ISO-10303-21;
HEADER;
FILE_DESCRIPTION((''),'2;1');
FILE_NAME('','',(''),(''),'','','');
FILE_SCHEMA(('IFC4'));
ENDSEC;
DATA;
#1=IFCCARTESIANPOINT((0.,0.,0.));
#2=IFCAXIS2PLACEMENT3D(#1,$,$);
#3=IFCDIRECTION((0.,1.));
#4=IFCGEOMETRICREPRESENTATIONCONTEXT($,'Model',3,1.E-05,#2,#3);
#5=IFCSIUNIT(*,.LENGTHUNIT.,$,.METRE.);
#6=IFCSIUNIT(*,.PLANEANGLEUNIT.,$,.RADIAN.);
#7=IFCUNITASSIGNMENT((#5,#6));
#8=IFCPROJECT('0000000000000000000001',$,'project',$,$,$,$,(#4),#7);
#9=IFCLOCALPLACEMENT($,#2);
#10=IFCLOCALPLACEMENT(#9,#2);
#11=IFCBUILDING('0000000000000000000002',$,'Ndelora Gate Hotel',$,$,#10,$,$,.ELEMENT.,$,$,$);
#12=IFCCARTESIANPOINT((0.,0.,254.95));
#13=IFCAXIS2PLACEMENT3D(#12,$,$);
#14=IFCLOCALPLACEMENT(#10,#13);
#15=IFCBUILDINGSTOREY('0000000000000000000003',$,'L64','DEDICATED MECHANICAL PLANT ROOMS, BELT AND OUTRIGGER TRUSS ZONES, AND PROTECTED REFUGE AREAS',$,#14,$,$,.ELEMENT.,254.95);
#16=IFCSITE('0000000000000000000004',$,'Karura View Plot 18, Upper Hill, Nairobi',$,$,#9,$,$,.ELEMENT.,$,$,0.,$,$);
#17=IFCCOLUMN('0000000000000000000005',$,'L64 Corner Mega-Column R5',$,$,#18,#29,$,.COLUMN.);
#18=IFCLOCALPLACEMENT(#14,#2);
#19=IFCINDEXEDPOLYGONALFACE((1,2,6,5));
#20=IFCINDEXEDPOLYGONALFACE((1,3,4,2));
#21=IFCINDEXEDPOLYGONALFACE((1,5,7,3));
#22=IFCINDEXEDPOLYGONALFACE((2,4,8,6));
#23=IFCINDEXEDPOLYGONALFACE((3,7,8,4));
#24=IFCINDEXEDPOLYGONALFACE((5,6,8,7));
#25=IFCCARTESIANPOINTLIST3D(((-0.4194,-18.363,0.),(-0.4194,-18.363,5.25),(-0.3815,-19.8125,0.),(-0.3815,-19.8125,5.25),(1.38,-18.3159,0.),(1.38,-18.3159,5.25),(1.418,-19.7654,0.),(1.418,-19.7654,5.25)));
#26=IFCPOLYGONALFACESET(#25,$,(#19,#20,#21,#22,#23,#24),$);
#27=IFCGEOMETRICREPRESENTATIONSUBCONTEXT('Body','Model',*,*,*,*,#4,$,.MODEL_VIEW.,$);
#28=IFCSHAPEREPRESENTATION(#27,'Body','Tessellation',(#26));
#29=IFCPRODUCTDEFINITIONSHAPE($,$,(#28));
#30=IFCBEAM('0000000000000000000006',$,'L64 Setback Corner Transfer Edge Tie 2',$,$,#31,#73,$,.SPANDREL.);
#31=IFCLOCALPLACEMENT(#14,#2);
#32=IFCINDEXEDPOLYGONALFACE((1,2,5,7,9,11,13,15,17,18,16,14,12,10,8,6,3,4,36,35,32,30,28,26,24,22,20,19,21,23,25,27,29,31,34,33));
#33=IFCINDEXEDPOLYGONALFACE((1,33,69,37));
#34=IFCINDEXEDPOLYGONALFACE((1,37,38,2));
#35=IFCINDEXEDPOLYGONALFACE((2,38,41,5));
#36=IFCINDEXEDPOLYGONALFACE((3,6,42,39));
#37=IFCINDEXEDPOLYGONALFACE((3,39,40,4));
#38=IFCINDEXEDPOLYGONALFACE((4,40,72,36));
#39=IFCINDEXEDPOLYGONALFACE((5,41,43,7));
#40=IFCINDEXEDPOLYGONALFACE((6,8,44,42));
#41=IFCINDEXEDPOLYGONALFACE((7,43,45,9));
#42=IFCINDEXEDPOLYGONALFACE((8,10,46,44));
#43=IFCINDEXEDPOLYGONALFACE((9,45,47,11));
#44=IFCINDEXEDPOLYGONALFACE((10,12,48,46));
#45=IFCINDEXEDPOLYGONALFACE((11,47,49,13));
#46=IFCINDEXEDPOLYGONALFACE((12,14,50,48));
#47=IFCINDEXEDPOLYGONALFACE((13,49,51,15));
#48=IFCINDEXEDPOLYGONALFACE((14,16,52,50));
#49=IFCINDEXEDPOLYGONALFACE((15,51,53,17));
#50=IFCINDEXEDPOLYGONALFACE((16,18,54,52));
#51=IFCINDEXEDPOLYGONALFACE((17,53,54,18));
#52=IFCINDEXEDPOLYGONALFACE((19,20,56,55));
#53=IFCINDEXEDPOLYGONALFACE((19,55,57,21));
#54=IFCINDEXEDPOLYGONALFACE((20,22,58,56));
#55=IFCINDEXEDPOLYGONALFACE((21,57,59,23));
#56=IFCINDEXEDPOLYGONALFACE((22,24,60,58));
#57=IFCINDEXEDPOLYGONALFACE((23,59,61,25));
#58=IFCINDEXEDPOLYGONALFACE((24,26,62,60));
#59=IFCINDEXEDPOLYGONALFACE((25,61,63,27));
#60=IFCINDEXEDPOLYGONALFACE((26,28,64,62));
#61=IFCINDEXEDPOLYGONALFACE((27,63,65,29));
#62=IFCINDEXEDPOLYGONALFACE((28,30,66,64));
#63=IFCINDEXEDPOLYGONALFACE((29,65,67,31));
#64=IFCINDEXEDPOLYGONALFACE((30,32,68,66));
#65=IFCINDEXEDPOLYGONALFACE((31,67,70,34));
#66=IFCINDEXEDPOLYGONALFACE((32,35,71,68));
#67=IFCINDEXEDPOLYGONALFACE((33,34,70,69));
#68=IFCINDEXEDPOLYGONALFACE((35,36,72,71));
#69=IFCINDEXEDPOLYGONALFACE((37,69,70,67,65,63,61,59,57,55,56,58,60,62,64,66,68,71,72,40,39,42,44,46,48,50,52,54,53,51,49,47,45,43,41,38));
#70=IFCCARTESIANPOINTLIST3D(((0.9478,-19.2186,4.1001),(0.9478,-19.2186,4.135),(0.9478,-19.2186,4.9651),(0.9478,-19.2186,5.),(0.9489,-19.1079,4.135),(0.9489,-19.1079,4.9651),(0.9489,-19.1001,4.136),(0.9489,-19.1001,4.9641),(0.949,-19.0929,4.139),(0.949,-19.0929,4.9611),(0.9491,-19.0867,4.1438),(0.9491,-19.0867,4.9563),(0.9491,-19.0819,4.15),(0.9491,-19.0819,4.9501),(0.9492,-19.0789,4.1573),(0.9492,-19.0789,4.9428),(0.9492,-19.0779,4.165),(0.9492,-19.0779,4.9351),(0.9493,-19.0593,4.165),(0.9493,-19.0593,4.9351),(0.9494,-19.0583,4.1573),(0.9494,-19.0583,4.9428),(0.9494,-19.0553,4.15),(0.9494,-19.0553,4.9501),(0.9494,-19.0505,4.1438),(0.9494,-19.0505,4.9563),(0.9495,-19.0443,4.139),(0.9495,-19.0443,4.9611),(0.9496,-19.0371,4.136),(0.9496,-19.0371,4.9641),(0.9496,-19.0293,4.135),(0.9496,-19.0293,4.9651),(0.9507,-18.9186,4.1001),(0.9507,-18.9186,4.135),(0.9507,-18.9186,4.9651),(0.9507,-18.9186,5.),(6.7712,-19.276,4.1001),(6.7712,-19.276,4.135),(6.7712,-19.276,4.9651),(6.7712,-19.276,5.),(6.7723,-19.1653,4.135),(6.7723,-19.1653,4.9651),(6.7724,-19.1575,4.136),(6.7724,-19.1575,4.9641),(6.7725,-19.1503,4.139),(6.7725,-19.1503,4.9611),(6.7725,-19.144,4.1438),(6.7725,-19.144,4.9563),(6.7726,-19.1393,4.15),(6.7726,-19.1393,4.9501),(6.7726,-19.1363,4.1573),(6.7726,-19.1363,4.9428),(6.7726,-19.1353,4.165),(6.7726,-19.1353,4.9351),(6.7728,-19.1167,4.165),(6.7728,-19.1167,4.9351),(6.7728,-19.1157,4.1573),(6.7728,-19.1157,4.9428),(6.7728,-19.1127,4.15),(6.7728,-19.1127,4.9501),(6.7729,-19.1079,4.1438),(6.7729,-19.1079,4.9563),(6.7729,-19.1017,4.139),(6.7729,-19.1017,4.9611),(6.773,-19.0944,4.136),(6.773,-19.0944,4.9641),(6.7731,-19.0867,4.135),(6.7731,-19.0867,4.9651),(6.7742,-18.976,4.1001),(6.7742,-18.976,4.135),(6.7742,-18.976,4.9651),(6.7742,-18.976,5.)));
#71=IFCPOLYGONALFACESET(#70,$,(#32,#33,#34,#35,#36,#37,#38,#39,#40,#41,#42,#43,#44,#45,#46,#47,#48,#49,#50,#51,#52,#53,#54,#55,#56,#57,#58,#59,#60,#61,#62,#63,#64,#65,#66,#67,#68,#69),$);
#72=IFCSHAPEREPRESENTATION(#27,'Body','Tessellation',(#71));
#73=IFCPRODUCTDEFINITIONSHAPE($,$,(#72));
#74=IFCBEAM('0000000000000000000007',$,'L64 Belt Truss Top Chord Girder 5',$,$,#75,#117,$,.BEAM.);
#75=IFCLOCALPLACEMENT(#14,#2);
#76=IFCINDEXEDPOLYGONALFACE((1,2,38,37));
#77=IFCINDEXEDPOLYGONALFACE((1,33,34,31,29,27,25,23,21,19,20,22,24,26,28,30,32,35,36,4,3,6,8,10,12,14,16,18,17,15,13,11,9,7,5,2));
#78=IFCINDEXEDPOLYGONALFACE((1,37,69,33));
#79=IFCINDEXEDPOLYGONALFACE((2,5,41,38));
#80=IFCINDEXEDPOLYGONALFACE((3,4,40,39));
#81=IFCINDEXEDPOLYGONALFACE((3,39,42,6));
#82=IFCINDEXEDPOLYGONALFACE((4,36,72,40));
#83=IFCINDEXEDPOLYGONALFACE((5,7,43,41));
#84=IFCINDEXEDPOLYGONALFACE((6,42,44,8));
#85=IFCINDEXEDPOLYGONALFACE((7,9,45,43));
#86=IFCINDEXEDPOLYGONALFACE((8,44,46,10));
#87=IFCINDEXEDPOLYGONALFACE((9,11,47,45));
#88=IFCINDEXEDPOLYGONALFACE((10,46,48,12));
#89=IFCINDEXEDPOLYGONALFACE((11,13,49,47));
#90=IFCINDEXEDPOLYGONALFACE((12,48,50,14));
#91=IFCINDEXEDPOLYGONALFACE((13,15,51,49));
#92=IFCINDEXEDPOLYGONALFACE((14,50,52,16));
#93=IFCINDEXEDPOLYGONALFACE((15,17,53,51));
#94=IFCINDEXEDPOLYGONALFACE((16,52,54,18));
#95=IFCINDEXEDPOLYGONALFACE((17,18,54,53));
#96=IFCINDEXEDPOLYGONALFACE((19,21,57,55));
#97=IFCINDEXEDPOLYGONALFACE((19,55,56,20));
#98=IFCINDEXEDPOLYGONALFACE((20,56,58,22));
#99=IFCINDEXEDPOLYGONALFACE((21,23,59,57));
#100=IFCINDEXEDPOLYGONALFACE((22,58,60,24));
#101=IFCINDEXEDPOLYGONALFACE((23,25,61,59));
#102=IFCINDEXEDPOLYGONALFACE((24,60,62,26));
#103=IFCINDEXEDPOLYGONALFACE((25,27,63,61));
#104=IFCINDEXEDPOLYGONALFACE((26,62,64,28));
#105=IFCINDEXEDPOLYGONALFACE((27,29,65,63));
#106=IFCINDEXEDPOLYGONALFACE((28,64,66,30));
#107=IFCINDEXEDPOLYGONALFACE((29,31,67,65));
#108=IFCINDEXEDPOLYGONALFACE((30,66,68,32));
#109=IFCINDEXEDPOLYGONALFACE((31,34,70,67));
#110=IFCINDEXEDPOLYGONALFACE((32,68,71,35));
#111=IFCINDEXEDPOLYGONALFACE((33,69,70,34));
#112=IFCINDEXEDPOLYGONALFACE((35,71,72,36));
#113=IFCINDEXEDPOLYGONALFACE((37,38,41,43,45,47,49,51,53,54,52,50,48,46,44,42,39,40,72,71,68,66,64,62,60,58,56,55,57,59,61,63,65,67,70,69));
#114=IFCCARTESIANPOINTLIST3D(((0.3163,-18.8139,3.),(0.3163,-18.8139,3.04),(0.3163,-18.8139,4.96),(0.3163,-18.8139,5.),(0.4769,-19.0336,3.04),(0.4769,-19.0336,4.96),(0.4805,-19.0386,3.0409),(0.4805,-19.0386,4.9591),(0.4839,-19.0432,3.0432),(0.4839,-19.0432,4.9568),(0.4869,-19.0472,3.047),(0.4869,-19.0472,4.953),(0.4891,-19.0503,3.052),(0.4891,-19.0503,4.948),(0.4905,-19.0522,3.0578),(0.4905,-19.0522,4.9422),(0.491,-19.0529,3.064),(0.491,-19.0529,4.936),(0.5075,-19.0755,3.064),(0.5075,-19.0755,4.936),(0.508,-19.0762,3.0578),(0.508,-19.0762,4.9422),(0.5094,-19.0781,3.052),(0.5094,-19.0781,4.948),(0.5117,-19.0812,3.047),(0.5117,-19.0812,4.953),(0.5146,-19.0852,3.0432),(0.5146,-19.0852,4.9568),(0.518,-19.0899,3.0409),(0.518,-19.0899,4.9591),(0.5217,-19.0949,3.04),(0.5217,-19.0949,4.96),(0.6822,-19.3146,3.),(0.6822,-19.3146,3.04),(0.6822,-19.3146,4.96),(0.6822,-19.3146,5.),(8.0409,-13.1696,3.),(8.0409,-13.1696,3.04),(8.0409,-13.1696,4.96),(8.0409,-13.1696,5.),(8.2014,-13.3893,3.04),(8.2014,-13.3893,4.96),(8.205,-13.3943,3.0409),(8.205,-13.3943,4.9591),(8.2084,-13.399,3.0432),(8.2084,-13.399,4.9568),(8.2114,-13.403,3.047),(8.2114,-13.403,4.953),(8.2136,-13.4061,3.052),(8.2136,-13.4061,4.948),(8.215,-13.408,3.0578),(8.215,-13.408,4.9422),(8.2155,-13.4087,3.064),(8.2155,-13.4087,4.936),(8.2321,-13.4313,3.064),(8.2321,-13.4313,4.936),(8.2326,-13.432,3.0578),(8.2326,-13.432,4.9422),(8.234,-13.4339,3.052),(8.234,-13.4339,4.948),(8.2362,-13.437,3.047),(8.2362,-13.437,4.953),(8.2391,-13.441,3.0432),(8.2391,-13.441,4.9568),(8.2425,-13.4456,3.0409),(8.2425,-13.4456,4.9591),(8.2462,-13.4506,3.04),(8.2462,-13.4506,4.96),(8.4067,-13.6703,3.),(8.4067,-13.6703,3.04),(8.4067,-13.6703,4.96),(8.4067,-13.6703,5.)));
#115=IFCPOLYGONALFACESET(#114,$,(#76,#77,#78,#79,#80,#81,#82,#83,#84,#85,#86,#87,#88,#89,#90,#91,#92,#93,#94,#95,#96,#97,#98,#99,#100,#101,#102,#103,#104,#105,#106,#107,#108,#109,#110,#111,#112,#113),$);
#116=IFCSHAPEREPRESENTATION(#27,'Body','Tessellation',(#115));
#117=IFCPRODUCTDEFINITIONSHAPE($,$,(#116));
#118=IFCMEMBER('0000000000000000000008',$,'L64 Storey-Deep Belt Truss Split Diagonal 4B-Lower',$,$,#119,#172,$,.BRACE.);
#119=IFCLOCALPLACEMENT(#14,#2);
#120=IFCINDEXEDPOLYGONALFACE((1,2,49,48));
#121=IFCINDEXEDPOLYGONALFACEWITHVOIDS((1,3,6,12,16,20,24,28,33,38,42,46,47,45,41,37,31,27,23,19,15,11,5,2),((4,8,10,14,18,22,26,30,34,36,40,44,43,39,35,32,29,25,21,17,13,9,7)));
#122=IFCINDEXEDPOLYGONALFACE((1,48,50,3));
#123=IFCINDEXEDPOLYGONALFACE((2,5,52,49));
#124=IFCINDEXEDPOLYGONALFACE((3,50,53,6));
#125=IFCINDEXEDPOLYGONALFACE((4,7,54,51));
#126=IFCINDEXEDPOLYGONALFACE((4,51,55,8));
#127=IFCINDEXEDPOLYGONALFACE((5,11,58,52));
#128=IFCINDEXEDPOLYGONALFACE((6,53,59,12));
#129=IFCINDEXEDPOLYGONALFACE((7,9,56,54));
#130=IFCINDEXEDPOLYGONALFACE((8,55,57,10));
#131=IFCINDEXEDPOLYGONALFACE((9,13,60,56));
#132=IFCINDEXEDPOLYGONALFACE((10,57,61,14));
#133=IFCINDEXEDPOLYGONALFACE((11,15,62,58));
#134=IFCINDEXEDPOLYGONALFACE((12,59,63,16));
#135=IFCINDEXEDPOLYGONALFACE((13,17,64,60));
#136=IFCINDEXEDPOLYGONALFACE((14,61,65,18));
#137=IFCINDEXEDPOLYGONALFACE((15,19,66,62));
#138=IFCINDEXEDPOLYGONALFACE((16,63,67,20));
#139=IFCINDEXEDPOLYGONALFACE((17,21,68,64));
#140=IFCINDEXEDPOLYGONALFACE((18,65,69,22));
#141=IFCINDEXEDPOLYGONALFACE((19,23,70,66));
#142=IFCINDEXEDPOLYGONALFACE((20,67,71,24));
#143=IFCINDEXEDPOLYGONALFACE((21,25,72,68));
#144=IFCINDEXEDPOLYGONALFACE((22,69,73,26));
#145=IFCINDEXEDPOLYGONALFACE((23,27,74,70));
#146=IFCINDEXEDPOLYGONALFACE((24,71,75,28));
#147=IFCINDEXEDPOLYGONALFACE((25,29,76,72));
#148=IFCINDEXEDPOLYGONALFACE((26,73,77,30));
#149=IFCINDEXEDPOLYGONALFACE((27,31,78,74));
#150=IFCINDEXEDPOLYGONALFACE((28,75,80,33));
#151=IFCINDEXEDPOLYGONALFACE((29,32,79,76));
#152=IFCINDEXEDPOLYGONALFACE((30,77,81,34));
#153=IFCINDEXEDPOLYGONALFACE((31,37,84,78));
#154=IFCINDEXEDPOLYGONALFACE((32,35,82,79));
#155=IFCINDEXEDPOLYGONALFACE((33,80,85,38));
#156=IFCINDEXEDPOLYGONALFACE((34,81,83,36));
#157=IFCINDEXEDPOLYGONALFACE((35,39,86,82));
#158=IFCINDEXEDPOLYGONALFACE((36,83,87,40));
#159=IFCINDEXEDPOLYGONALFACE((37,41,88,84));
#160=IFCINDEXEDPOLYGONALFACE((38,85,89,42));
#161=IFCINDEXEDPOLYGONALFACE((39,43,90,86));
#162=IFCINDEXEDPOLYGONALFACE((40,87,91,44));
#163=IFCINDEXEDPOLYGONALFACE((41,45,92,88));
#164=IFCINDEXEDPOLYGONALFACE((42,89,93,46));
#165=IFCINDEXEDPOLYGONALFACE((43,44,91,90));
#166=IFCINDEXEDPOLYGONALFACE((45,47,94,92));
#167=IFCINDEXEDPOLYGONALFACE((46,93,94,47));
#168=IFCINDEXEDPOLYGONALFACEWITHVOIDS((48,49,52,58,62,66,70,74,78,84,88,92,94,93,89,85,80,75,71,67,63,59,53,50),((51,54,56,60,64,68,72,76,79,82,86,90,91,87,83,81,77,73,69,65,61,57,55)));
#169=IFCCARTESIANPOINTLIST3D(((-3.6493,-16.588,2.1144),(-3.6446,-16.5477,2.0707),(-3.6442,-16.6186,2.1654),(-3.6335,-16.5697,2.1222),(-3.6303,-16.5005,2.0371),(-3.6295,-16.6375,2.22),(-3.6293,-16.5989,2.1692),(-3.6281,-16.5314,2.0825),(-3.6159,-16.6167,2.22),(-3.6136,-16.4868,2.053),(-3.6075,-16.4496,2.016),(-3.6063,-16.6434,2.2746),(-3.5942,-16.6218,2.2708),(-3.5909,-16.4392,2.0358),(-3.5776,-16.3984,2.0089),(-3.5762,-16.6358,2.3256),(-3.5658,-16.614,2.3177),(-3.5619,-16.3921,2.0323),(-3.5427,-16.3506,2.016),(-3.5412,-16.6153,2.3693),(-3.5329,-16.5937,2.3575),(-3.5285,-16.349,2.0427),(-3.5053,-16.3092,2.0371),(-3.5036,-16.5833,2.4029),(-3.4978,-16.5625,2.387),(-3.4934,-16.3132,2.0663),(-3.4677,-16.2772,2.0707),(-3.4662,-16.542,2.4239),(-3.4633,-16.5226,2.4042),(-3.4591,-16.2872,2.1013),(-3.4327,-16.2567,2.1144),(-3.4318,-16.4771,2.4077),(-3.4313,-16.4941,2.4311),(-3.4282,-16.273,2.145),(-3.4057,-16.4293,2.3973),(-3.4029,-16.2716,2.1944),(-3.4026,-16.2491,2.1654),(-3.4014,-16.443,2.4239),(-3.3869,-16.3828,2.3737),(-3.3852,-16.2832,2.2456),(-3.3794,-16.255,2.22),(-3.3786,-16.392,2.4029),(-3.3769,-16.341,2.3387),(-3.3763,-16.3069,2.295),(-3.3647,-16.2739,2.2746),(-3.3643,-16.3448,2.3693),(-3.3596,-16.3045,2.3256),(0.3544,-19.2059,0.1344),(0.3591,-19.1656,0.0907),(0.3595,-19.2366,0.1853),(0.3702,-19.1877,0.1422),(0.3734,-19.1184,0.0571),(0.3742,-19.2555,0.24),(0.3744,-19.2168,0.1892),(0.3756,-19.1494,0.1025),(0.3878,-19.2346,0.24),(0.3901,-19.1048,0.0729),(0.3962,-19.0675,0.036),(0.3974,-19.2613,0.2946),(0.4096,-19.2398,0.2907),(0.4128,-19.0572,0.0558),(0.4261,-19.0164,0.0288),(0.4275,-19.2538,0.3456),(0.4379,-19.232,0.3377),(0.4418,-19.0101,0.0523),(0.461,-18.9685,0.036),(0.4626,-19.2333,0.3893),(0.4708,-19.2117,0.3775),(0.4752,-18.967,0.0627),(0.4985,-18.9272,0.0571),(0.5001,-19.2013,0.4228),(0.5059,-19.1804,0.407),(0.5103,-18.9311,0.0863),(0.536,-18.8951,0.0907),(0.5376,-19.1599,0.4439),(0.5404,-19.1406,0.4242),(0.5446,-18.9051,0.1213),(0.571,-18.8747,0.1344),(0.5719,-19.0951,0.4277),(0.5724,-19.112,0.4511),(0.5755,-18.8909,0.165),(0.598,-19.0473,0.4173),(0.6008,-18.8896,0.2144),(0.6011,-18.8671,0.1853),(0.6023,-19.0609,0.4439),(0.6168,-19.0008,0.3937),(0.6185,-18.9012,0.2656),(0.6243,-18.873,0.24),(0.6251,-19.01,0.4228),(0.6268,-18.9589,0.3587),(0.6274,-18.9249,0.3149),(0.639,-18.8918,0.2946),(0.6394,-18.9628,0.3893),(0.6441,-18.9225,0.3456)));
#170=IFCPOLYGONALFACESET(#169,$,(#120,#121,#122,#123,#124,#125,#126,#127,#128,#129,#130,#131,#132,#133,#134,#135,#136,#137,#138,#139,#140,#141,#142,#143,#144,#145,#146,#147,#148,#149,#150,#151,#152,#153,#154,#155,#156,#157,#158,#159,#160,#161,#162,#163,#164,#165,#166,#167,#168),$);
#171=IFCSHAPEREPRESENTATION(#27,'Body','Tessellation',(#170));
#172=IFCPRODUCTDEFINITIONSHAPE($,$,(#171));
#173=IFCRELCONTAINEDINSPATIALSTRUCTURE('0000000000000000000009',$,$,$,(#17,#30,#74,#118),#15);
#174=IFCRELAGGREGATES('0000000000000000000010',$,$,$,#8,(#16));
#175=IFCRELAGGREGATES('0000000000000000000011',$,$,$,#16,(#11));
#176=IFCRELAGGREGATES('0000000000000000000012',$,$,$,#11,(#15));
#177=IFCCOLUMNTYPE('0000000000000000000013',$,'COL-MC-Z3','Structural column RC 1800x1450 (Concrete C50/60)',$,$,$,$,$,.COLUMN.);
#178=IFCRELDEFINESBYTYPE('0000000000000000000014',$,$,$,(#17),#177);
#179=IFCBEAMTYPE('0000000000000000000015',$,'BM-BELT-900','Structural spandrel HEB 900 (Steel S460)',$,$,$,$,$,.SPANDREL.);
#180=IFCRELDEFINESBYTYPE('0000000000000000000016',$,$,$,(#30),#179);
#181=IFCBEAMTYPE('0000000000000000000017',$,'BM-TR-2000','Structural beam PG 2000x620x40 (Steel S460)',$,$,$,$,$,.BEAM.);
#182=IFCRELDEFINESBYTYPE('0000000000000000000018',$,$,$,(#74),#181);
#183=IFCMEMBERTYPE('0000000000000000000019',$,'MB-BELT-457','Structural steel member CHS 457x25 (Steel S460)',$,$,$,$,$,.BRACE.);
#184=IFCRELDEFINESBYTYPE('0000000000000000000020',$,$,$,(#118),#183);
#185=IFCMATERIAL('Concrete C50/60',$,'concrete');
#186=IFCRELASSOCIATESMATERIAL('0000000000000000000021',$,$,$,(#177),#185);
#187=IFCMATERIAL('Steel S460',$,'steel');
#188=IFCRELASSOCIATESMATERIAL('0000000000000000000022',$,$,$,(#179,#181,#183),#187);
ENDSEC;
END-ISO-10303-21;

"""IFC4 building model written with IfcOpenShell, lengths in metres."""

from ifc_helpers import new_model, si_unit, direction, frame, origin, origin_2d, place, context, subcontext, project, spatial, rectangle, hollow_circle, i_section, extrude, material, material_profile, profile_set, type_object, element, save


model = new_model("IFC4")

# Units and contexts
model_context = context("Model", 3, precision=1e-05, world=origin(), true_north=direction((0.0, 1.0)))
body_context = subcontext(model_context, "Body", "Model", "MODEL_VIEW")
ifc_project = project(units=[si_unit("LENGTHUNIT", "METRE"), si_unit("PLANEANGLEUNIT", "RADIAN")], contexts=[model_context])

# Site, building, storey
site_placement = place(None, origin())
site = spatial("IfcSite", under=ifc_project, at=site_placement, Name="Karura View Plot 18, Upper Hill, Nairobi", CompositionType="ELEMENT", RefElevation=0.0)
building_placement = place(site_placement, origin())
building = spatial("IfcBuilding", under=site, at=building_placement, Name="Ndelora Gate Hotel", CompositionType="ELEMENT")
storey_placement = place(building_placement, frame((0.0, 0.0, 254.95)))
storey = spatial("IfcBuildingStorey", under=building, at=storey_placement, Name="L64", Description="DEDICATED MECHANICAL PLANT ROOMS, BELT AND OUTRIGGER TRUSS ZONES, AND PROTECTED REFUGE AREAS", CompositionType="ELEMENT", Elevation=254.95)

# Column
ifc_material_1 = material(Name="Concrete C50/60", Category="concrete")
ifc_material_profile_1 = material_profile(ifc_material_1, rectangle(XDim=1.45, YDim=1.8, at=origin_2d()), Name="RC 1800x1450")
ifc_profile_set_1 = profile_set([ifc_material_profile_1], Name="Concrete C50/60")
column_type = type_object("IfcColumnType", Name="COL-MC-Z3", Description="Structural column RC 1800x1450 (Concrete C50/60)", PredefinedType="COLUMN", material=ifc_profile_set_1)
column_placement = place(storey_placement, frame((0.4993, -19.0642, 0.0), z_axis=(0.0, 0.0, 1.0), x_axis=(-0.026177, 0.999657, 0.0)))
element("IfcColumn", 1, at=column_placement, inside=storey, type_object=column_type, Name="L64 Corner Mega-Column R5", PredefinedType="COLUMN", context=body_context, shape_type="SweptSolid", body=[
    extrude(rectangle(XDim=1.45, YDim=1.8, at=origin_2d()), origin(), (0.0, 0.0, 1.0), 5.25),
])

# Beams
ifc_material_2 = material(Name="Steel S460", Category="steel")
ifc_material_profile_2 = material_profile(ifc_material_2, i_section(OverallWidth=0.3, OverallDepth=0.8999, WebThickness=0.0186, FlangeThickness=0.0349, FilletRadius=0.03, at=origin_2d()), Name="HEB 900")
ifc_profile_set_2 = profile_set([ifc_material_profile_2], Name="Steel S460")
beam_type_1 = type_object("IfcBeamType", Name="BM-BELT-900", Description="Structural spandrel HEB 900 (Steel S460)", PredefinedType="SPANDREL", material=ifc_profile_set_2)
beam_1_placement = place(storey_placement, frame((6.7727, -19.126, 4.55), z_axis=(-0.999951, 0.009852, 0.0), x_axis=(-0.009852, -0.999951, 0.0)))
element("IfcBeam", 2, at=beam_1_placement, inside=storey, type_object=beam_type_1, Name="L64 Setback Corner Transfer Edge Tie 2", PredefinedType="SPANDREL", context=body_context, shape_type="SweptSolid", body=[
    extrude(i_section(OverallWidth=0.3, OverallDepth=0.8999, WebThickness=0.0186, FlangeThickness=0.0349, FilletRadius=0.03, at=origin_2d()), origin(), (0.0, 0.0, 1.0), 5.8237),
])
ifc_material_profile_3 = material_profile(ifc_material_2, i_section(OverallWidth=0.6201, OverallDepth=2.0, WebThickness=0.0281, FlangeThickness=0.04, FilletRadius=0.0239, at=origin_2d()), Name="PG 2000x620x40")
ifc_profile_set_3 = profile_set([ifc_material_profile_3], Name="Steel S460")
beam_type_2 = type_object("IfcBeamType", Name="BM-TR-2000", Description="Structural beam PG 2000x620x40 (Steel S460)", PredefinedType="BEAM", material=ifc_profile_set_3)
beam_2_placement = place(storey_placement, frame((0.4993, -19.0642, 4.0), z_axis=(0.807422, 0.589974, 0.0), x_axis=(-0.589974, 0.807422, 0.0)))
element("IfcBeam", 3, at=beam_2_placement, inside=storey, type_object=beam_type_2, Name="L64 Belt Truss Top Chord Girder 5", PredefinedType="BEAM", context=body_context, shape_type="SweptSolid", body=[
    extrude(i_section(OverallWidth=0.6201, OverallDepth=2.0, WebThickness=0.0281, FlangeThickness=0.04, FilletRadius=0.0239, at=origin_2d()), origin(), (0.0, 0.0, 1.0), 9.5669),
])

# Member
ifc_material_profile_4 = material_profile(ifc_material_2, hollow_circle(Radius=0.2285, WallThickness=0.0249, at=origin_2d()), Name="CHS 457x25")
ifc_profile_set_4 = profile_set([ifc_material_profile_4], Name="Steel S460")
member_type = type_object("IfcMemberType", Name="MB-BELT-457", Description="Structural steel member CHS 457x25 (Steel S460)", PredefinedType="BRACE", material=ifc_profile_set_4)
member_1_placement = place(storey_placement, frame((0.4993, -19.0642, 0.24), z_axis=(-0.77333, 0.505666, 0.382444), x_axis=(-0.54727, -0.836956, 0.0)))
element("IfcMember", 4, at=member_1_placement, inside=storey, type_object=member_type, Name="L64 Storey-Deep Belt Truss Split Diagonal 4B-Lower", PredefinedType="BRACE", context=body_context, shape_type="SweptSolid", body=[
    extrude(hollow_circle(Radius=0.2285, WallThickness=0.0249, at=origin_2d()), origin(), (0.0, 0.0, 1.0), 5.1772),
])

save(model, "model.ifc")
